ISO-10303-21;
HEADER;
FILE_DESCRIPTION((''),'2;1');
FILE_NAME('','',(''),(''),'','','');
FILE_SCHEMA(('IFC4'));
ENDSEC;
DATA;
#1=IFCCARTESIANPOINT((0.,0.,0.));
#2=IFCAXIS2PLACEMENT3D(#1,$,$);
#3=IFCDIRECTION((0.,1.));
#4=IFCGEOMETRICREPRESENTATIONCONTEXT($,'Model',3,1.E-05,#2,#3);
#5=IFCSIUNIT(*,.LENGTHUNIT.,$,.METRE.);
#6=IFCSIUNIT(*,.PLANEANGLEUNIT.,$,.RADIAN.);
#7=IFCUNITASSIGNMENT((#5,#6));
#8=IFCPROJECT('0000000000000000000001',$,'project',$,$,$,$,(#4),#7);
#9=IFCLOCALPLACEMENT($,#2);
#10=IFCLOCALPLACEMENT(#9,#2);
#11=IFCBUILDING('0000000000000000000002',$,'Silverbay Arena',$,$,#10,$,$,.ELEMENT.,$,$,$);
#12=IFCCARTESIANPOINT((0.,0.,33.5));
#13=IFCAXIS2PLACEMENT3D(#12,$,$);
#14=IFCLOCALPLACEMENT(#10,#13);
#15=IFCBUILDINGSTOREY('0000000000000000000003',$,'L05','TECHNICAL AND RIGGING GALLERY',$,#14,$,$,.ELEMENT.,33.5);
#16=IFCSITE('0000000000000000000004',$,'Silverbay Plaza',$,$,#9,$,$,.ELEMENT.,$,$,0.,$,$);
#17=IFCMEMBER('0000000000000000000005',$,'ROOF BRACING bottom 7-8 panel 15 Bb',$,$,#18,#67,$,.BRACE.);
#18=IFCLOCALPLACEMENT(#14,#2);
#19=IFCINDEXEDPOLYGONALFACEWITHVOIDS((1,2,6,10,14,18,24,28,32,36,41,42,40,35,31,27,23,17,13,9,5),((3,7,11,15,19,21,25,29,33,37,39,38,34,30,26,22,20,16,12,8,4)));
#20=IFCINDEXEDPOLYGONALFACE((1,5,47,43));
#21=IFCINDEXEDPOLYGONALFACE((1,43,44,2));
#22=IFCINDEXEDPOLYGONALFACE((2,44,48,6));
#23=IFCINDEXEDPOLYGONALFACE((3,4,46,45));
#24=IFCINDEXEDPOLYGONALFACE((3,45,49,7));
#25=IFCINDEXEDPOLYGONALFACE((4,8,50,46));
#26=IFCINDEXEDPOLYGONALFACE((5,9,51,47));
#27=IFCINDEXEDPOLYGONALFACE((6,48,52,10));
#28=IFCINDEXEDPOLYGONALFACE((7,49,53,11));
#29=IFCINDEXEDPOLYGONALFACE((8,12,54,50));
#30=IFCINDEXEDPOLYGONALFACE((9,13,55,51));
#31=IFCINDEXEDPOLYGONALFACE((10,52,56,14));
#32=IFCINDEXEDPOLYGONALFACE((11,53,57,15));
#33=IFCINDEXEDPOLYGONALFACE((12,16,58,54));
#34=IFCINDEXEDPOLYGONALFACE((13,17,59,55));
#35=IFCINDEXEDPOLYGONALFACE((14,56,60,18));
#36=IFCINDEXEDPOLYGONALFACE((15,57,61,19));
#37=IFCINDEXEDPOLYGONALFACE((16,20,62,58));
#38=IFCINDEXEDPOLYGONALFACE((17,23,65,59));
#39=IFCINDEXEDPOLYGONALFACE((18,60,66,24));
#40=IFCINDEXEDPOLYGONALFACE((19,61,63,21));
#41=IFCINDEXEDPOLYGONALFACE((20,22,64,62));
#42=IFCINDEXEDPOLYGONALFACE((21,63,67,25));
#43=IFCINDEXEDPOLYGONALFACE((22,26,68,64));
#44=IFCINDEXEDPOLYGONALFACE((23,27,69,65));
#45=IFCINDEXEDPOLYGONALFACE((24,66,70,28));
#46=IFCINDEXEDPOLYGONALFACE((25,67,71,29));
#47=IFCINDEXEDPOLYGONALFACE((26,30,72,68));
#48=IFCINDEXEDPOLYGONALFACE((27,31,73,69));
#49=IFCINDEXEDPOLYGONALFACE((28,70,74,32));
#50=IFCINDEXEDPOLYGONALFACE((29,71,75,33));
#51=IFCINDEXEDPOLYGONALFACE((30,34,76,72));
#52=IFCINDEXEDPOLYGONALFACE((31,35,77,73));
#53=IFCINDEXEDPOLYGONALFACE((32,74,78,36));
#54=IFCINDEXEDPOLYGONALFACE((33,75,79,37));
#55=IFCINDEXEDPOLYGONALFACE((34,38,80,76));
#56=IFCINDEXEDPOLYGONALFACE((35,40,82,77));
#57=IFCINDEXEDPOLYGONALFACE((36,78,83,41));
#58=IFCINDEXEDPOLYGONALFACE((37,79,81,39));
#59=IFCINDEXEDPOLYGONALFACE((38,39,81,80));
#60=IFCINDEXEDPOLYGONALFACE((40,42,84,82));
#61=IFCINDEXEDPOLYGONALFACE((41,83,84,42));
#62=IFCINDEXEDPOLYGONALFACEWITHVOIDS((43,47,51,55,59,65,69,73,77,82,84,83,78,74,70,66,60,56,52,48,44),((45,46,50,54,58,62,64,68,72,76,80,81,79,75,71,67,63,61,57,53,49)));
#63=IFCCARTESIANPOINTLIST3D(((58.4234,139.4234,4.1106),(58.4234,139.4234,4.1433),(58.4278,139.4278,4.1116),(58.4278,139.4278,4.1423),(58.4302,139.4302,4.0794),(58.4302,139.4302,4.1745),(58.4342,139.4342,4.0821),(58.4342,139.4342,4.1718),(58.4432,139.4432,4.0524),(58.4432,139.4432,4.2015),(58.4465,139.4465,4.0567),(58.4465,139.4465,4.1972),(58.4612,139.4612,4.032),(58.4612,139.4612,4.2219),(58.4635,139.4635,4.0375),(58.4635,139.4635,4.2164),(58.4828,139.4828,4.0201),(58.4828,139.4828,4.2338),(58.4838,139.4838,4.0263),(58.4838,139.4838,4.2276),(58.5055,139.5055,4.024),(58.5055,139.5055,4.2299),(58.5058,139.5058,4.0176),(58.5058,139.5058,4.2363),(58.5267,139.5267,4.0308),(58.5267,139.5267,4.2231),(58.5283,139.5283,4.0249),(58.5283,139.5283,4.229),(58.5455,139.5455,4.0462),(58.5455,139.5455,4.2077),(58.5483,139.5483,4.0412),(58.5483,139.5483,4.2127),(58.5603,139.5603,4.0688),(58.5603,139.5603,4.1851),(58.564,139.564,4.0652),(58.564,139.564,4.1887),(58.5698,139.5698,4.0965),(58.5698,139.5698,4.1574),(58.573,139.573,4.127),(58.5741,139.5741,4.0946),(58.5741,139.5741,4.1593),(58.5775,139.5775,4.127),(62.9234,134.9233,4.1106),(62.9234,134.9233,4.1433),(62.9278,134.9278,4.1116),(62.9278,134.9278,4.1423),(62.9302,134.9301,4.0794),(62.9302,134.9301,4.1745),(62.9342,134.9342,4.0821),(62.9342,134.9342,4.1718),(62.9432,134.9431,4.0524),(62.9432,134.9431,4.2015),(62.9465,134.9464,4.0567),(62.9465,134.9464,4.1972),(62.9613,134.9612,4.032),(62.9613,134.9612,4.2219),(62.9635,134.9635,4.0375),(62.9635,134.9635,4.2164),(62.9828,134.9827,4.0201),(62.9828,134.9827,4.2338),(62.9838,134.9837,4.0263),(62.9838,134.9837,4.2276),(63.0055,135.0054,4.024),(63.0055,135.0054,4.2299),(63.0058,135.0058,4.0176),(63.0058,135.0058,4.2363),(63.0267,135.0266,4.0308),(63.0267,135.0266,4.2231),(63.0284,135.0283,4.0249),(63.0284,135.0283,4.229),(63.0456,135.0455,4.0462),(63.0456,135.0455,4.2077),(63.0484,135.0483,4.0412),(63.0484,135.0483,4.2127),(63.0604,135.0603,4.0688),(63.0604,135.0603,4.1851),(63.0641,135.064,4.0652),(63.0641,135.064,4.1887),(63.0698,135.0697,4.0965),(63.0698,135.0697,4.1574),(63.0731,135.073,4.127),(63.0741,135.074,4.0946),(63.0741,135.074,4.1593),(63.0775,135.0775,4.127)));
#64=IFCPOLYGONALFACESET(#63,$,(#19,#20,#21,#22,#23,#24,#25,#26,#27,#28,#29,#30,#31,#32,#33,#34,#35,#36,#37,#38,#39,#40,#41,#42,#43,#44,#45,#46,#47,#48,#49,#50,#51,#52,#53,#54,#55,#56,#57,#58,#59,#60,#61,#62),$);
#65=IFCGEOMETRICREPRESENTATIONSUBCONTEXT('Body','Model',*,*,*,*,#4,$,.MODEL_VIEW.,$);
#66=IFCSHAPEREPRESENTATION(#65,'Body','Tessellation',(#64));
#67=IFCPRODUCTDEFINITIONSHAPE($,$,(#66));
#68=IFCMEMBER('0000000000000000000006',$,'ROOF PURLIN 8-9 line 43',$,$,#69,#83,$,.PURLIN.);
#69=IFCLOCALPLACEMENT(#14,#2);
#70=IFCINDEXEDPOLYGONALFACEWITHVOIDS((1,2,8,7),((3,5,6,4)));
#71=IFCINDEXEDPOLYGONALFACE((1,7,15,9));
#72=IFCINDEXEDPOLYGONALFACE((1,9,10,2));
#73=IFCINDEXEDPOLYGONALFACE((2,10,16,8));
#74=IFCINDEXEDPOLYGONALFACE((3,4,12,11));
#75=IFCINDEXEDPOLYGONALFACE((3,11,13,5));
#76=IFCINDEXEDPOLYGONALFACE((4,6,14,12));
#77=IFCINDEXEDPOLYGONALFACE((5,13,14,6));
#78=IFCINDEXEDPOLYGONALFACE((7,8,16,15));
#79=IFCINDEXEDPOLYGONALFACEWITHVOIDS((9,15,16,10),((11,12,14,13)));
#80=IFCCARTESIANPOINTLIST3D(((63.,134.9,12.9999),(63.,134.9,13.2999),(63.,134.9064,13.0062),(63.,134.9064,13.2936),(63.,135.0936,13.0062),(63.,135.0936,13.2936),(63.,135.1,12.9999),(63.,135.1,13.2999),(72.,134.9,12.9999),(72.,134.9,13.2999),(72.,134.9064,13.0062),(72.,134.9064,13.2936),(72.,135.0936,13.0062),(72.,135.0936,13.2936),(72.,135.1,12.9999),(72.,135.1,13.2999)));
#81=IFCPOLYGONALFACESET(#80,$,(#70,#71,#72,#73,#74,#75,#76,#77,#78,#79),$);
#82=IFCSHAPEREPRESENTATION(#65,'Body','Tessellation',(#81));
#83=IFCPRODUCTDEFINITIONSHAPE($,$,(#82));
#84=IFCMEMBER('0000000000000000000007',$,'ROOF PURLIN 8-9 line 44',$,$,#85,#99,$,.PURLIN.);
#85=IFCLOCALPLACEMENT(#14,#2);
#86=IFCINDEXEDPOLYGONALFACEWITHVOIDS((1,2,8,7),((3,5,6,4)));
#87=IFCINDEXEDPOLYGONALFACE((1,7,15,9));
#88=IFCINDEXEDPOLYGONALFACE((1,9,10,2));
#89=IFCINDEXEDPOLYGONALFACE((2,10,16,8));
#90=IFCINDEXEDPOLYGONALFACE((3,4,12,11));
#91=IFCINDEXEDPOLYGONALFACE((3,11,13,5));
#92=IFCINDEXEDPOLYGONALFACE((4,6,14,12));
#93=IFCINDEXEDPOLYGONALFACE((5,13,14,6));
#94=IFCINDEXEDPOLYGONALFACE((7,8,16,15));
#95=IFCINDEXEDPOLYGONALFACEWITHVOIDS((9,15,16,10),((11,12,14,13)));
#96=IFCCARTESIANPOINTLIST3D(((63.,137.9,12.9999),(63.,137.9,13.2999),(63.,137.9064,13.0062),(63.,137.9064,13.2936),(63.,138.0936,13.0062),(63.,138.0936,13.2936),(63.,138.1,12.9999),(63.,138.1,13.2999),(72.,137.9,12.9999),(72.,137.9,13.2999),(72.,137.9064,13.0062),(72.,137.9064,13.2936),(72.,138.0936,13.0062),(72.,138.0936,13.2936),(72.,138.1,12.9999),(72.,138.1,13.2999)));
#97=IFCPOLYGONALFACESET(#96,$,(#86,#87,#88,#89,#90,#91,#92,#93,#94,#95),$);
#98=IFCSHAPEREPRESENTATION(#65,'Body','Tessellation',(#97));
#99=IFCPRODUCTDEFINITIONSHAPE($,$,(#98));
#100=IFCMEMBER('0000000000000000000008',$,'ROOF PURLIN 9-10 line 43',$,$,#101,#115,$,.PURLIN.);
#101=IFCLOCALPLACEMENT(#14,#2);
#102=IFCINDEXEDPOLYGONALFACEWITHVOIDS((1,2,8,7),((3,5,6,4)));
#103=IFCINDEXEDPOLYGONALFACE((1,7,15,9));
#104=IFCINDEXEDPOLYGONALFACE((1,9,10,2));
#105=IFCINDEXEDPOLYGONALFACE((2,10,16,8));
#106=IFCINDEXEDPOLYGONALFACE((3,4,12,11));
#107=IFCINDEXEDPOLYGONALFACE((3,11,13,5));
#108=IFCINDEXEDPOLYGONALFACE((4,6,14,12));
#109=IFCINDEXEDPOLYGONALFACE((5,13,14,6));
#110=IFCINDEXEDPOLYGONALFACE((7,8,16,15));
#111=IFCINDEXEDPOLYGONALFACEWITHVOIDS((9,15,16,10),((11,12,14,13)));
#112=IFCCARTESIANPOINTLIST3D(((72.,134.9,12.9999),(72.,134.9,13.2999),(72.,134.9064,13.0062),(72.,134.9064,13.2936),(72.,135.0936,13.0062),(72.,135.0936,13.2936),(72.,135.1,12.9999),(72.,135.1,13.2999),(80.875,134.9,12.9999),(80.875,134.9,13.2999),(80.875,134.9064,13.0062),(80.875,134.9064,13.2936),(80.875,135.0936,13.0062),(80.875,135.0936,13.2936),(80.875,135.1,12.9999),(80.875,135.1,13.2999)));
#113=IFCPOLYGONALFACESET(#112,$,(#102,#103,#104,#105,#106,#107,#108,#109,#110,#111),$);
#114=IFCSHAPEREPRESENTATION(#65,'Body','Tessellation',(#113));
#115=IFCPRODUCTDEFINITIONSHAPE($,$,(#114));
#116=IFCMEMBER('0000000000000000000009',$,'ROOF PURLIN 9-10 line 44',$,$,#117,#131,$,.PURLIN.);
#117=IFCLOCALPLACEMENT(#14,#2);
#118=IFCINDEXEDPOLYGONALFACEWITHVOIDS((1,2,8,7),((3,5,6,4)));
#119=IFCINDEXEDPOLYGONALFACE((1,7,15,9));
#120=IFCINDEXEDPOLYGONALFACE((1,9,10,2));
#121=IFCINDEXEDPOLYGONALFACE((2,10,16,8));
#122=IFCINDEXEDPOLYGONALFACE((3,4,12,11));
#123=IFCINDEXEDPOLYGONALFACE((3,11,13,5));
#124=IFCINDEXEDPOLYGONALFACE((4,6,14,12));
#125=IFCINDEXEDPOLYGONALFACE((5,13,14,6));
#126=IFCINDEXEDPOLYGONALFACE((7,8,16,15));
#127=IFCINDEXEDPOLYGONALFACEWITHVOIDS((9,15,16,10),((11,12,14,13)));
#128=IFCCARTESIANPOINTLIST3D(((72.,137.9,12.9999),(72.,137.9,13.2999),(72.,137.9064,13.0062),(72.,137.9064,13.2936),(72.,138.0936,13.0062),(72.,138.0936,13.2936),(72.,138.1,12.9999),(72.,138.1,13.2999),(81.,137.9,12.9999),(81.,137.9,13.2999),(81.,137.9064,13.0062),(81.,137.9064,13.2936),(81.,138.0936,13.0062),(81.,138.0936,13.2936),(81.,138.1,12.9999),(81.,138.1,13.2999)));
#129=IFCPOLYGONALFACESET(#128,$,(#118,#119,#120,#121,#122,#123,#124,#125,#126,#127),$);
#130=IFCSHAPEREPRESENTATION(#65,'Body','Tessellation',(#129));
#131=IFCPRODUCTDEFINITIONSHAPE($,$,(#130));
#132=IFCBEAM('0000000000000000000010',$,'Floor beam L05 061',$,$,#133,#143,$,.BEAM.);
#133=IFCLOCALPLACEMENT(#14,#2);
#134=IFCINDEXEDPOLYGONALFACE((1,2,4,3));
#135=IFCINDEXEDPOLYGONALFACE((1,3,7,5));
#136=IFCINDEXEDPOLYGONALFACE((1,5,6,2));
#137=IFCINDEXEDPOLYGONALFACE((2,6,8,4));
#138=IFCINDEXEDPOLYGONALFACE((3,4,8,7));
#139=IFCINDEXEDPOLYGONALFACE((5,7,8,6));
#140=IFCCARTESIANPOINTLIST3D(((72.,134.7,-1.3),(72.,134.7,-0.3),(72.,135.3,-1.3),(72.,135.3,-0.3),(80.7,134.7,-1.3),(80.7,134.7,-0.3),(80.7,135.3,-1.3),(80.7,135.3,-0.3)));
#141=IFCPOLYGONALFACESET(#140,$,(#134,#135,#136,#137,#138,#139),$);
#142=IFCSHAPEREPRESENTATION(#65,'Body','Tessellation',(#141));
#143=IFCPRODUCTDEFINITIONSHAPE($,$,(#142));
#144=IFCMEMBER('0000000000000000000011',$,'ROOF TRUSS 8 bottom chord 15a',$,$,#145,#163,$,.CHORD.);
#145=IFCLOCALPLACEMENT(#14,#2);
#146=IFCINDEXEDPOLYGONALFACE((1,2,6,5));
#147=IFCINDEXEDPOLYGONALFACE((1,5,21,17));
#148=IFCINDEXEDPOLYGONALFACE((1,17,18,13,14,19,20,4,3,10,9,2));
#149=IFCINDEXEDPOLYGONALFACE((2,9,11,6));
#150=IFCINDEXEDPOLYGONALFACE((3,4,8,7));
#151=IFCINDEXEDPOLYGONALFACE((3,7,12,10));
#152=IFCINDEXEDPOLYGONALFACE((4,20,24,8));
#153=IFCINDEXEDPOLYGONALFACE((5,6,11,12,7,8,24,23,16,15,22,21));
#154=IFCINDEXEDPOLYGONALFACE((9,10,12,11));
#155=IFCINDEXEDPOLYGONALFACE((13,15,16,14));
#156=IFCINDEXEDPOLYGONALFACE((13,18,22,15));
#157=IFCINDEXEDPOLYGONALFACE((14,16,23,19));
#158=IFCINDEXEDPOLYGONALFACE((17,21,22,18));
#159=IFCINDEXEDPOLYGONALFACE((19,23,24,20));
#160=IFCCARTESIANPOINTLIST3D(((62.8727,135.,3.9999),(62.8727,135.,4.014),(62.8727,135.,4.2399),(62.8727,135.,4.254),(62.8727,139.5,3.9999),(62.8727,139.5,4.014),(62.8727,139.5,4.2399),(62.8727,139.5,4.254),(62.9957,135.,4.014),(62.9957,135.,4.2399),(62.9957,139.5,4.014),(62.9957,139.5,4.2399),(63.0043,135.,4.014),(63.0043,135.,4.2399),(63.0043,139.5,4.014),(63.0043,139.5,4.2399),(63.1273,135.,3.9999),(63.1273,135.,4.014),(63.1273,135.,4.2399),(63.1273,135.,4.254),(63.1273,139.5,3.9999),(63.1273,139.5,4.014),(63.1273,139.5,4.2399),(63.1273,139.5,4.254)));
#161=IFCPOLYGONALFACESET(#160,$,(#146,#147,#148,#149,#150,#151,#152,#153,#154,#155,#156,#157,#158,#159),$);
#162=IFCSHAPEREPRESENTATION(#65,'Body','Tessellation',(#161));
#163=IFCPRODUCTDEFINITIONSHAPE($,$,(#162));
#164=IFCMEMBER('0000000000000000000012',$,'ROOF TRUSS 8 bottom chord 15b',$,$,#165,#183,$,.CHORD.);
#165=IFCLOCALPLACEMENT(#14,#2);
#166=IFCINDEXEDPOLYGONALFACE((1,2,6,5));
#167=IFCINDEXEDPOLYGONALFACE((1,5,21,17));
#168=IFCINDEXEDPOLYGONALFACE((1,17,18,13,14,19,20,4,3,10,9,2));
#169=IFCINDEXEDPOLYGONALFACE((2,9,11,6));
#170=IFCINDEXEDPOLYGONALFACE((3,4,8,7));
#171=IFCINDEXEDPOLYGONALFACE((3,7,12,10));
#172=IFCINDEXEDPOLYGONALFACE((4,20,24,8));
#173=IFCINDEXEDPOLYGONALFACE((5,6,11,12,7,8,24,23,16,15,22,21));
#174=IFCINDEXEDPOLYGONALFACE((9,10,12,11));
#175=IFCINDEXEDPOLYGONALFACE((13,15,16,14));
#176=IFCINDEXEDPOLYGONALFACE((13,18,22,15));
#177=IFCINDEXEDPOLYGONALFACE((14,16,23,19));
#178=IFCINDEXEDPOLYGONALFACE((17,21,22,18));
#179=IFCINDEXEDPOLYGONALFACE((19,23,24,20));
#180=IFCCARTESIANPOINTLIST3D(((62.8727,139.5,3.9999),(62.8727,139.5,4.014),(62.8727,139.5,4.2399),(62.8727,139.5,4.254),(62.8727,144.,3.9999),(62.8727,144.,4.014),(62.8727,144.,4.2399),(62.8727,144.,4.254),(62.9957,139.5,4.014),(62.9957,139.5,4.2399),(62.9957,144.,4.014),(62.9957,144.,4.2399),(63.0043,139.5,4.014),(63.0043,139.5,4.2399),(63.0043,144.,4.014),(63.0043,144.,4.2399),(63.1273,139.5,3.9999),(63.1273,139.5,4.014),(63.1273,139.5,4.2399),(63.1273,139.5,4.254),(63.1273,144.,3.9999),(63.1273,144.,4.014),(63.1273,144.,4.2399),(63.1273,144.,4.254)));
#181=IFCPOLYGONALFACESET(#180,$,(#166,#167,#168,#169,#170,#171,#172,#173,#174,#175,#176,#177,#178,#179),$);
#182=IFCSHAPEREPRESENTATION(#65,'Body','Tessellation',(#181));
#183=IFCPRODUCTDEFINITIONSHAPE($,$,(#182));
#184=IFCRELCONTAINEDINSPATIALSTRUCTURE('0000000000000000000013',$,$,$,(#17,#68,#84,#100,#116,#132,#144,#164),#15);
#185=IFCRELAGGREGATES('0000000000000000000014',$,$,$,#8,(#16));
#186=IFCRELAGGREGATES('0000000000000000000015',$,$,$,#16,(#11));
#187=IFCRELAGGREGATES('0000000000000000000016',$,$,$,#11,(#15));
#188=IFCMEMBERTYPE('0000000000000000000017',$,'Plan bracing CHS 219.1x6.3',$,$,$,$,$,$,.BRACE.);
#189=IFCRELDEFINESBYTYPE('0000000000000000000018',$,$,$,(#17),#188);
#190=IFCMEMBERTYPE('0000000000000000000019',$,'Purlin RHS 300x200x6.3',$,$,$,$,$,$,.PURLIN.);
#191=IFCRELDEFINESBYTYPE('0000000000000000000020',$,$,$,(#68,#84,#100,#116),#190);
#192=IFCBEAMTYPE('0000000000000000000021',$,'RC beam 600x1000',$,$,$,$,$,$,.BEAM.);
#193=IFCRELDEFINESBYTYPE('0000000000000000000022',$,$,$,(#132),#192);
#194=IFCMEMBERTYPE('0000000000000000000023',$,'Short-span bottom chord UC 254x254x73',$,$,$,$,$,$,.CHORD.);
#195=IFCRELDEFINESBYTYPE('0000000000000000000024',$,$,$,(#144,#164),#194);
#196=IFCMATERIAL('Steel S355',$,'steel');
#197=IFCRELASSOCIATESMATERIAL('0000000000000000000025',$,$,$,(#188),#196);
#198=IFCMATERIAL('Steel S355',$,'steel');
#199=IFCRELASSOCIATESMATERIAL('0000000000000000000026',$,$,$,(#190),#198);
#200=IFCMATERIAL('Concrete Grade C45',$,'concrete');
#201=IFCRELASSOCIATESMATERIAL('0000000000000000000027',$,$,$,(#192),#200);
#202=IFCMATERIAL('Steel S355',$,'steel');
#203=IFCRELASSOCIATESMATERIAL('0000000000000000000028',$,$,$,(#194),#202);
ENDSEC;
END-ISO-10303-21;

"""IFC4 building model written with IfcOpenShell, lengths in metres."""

from ifc_helpers import new_model, si_unit, direction, frame, origin, origin_2d, place, context, subcontext, project, spatial, rectangle, hollow_rectangle, hollow_circle, i_section, extrude, material, material_profile, profile_set, type_object, element, save


model = new_model("IFC4")

# Units and contexts
model_context = context("Model", 3, precision=1e-05, world=origin(), true_north=direction((0.0, 1.0)))
body_context = subcontext(model_context, "Body", "Model", "MODEL_VIEW")
ifc_project = project(units=[si_unit("LENGTHUNIT", "METRE"), si_unit("PLANEANGLEUNIT", "RADIAN")], contexts=[model_context])

# Site, building, storey
site_placement = place(None, origin())
site = spatial("IfcSite", under=ifc_project, at=site_placement, Name="Silverbay Plaza", CompositionType="ELEMENT", RefElevation=0.0)
building_placement = place(site_placement, origin())
building = spatial("IfcBuilding", under=site, at=building_placement, Name="Silverbay Arena", CompositionType="ELEMENT")
storey_placement = place(building_placement, frame((0.0, 0.0, 33.5)))
storey = spatial("IfcBuildingStorey", under=building, at=storey_placement, Name="L05", Description="TECHNICAL AND RIGGING GALLERY", CompositionType="ELEMENT", Elevation=33.5)

# Members
ifc_material_1 = material(Name="Steel S355", Category="steel")
ifc_material_profile_1 = material_profile(ifc_material_1, hollow_circle(Radius=0.1096, WallThickness=0.0063, at=origin_2d()), Name="CHS 219.1x6.3")
ifc_profile_set_1 = profile_set([ifc_material_profile_1], Name="Steel S355")
member_type_1 = type_object("IfcMemberType", Name="Plan bracing CHS 219.1x6.3", PredefinedType="BRACE", material=ifc_profile_set_1)
for number, where, z_axis, x_axis, name in (
    (1, (58.5, 139.5, 4.127), (0.707107, -0.707107, 0.0), (0.707107, 0.707107, 0.0), "ROOF BRACING bottom 7-8 panel 15 Bb"),
):
    element("IfcMember", number, at=place(storey_placement, frame(where, z_axis=z_axis, x_axis=x_axis)), inside=storey, type_object=member_type_1, Name=name, PredefinedType="BRACE", context=body_context, shape_type="SweptSolid", body=[
        extrude(hollow_circle(Radius=0.1096, WallThickness=0.0063, at=origin_2d()), origin(), (0.0, 0.0, 1.0), 6.364),
    ])
ifc_material_2 = material(Name="Steel S355", Category="steel")
ifc_material_profile_2 = material_profile(ifc_material_2, hollow_rectangle(XDim=0.2, YDim=0.3, WallThickness=0.0063, at=origin_2d()), Name="RHS 300x200x6.3")
ifc_profile_set_2 = profile_set([ifc_material_profile_2], Name="Steel S355")
member_type_2 = type_object("IfcMemberType", Name="Purlin RHS 300x200x6.3", PredefinedType="PURLIN", material=ifc_profile_set_2)
for number, where, z_axis, x_axis, name in (
    (2, (63.0, 135.0, 13.1499), (1.0, 0.0, 0.0), (0.0, 1.0, 0.0), "ROOF PURLIN 8-9 line 43"),
    (3, (63.0, 138.0, 13.1499), (1.0, 0.0, 0.0), (0.0, 1.0, 0.0), "ROOF PURLIN 8-9 line 44"),
):
    element("IfcMember", number, at=place(storey_placement, frame(where, z_axis=z_axis, x_axis=x_axis)), inside=storey, type_object=member_type_2, Name=name, PredefinedType="PURLIN", context=body_context, shape_type="SweptSolid", body=[
        extrude(hollow_rectangle(XDim=0.2, YDim=0.3, WallThickness=0.0063, at=origin_2d()), origin(), (0.0, 0.0, 1.0), 9.0),
    ])
member_1_placement = place(storey_placement, frame((72.0, 135.0, 13.1499), z_axis=(1.0, 0.0, 0.0), x_axis=(0.0, 1.0, 0.0)))
element("IfcMember", 4, at=member_1_placement, inside=storey, type_object=member_type_2, Name="ROOF PURLIN 9-10 line 43", PredefinedType="PURLIN", context=body_context, shape_type="SweptSolid", body=[
    extrude(hollow_rectangle(XDim=0.2, YDim=0.3, WallThickness=0.0063, at=origin_2d()), origin(), (0.0, 0.0, 1.0), 8.875),
])
member_2_placement = place(storey_placement, frame((72.0, 138.0, 13.1499), z_axis=(1.0, 0.0, 0.0), x_axis=(0.0, 1.0, 0.0)))
element("IfcMember", 5, at=member_2_placement, inside=storey, type_object=member_type_2, Name="ROOF PURLIN 9-10 line 44", PredefinedType="PURLIN", context=body_context, shape_type="SweptSolid", body=[
    extrude(hollow_rectangle(XDim=0.2, YDim=0.3, WallThickness=0.0063, at=origin_2d()), origin(), (0.0, 0.0, 1.0), 9.0),
])

# Beam
ifc_material_3 = material(Name="Concrete Grade C45", Category="concrete")
ifc_material_profile_3 = material_profile(ifc_material_3, rectangle(XDim=0.6001, YDim=1.0, at=origin_2d()), Name="RC 600x1000")
ifc_profile_set_3 = profile_set([ifc_material_profile_3], Name="Concrete Grade C45")
beam_type = type_object("IfcBeamType", Name="RC beam 600x1000", PredefinedType="BEAM", material=ifc_profile_set_3)
beam_placement = place(storey_placement, frame((72.0, 135.0, -0.8), z_axis=(1.0, 0.0, 0.0), x_axis=(0.0, 1.0, 0.0)))
element("IfcBeam", 6, at=beam_placement, inside=storey, type_object=beam_type, Name="Floor beam L05 061", PredefinedType="BEAM", context=body_context, shape_type="SweptSolid", body=[
    extrude(rectangle(XDim=0.6001, YDim=1.0, at=origin_2d()), origin(), (0.0, 0.0, 1.0), 8.7),
])

# Members
ifc_material_4 = material(Name="Steel S355", Category="steel")
ifc_material_profile_4 = material_profile(ifc_material_4, i_section(OverallWidth=0.2546, OverallDepth=0.2542, WebThickness=0.0085, FlangeThickness=0.0142, at=origin_2d()), Name="UC 254x254x73")
ifc_profile_set_4 = profile_set([ifc_material_profile_4], Name="Steel S355")
member_type_3 = type_object("IfcMemberType", Name="Short-span bottom chord UC 254x254x73", PredefinedType="CHORD", material=ifc_profile_set_4)
for number, where, z_axis, x_axis, name in (
    (7, (63.0, 135.0, 4.127), (0.0, 1.0, 0.0), (-1.0, 0.0, 0.0), "ROOF TRUSS 8 bottom chord 15a"),
    (8, (63.0, 139.5, 4.127), (0.0, 1.0, 0.0), (-1.0, 0.0, 0.0), "ROOF TRUSS 8 bottom chord 15b"),
):
    element("IfcMember", number, at=place(storey_placement, frame(where, z_axis=z_axis, x_axis=x_axis)), inside=storey, type_object=member_type_3, Name=name, PredefinedType="CHORD", context=body_context, shape_type="SweptSolid", body=[
        extrude(i_section(OverallWidth=0.2546, OverallDepth=0.2542, WebThickness=0.0085, FlangeThickness=0.0142, at=origin_2d()), origin(), (0.0, 0.0, 1.0), 4.5),
    ])

save(model, "model.ifc")
